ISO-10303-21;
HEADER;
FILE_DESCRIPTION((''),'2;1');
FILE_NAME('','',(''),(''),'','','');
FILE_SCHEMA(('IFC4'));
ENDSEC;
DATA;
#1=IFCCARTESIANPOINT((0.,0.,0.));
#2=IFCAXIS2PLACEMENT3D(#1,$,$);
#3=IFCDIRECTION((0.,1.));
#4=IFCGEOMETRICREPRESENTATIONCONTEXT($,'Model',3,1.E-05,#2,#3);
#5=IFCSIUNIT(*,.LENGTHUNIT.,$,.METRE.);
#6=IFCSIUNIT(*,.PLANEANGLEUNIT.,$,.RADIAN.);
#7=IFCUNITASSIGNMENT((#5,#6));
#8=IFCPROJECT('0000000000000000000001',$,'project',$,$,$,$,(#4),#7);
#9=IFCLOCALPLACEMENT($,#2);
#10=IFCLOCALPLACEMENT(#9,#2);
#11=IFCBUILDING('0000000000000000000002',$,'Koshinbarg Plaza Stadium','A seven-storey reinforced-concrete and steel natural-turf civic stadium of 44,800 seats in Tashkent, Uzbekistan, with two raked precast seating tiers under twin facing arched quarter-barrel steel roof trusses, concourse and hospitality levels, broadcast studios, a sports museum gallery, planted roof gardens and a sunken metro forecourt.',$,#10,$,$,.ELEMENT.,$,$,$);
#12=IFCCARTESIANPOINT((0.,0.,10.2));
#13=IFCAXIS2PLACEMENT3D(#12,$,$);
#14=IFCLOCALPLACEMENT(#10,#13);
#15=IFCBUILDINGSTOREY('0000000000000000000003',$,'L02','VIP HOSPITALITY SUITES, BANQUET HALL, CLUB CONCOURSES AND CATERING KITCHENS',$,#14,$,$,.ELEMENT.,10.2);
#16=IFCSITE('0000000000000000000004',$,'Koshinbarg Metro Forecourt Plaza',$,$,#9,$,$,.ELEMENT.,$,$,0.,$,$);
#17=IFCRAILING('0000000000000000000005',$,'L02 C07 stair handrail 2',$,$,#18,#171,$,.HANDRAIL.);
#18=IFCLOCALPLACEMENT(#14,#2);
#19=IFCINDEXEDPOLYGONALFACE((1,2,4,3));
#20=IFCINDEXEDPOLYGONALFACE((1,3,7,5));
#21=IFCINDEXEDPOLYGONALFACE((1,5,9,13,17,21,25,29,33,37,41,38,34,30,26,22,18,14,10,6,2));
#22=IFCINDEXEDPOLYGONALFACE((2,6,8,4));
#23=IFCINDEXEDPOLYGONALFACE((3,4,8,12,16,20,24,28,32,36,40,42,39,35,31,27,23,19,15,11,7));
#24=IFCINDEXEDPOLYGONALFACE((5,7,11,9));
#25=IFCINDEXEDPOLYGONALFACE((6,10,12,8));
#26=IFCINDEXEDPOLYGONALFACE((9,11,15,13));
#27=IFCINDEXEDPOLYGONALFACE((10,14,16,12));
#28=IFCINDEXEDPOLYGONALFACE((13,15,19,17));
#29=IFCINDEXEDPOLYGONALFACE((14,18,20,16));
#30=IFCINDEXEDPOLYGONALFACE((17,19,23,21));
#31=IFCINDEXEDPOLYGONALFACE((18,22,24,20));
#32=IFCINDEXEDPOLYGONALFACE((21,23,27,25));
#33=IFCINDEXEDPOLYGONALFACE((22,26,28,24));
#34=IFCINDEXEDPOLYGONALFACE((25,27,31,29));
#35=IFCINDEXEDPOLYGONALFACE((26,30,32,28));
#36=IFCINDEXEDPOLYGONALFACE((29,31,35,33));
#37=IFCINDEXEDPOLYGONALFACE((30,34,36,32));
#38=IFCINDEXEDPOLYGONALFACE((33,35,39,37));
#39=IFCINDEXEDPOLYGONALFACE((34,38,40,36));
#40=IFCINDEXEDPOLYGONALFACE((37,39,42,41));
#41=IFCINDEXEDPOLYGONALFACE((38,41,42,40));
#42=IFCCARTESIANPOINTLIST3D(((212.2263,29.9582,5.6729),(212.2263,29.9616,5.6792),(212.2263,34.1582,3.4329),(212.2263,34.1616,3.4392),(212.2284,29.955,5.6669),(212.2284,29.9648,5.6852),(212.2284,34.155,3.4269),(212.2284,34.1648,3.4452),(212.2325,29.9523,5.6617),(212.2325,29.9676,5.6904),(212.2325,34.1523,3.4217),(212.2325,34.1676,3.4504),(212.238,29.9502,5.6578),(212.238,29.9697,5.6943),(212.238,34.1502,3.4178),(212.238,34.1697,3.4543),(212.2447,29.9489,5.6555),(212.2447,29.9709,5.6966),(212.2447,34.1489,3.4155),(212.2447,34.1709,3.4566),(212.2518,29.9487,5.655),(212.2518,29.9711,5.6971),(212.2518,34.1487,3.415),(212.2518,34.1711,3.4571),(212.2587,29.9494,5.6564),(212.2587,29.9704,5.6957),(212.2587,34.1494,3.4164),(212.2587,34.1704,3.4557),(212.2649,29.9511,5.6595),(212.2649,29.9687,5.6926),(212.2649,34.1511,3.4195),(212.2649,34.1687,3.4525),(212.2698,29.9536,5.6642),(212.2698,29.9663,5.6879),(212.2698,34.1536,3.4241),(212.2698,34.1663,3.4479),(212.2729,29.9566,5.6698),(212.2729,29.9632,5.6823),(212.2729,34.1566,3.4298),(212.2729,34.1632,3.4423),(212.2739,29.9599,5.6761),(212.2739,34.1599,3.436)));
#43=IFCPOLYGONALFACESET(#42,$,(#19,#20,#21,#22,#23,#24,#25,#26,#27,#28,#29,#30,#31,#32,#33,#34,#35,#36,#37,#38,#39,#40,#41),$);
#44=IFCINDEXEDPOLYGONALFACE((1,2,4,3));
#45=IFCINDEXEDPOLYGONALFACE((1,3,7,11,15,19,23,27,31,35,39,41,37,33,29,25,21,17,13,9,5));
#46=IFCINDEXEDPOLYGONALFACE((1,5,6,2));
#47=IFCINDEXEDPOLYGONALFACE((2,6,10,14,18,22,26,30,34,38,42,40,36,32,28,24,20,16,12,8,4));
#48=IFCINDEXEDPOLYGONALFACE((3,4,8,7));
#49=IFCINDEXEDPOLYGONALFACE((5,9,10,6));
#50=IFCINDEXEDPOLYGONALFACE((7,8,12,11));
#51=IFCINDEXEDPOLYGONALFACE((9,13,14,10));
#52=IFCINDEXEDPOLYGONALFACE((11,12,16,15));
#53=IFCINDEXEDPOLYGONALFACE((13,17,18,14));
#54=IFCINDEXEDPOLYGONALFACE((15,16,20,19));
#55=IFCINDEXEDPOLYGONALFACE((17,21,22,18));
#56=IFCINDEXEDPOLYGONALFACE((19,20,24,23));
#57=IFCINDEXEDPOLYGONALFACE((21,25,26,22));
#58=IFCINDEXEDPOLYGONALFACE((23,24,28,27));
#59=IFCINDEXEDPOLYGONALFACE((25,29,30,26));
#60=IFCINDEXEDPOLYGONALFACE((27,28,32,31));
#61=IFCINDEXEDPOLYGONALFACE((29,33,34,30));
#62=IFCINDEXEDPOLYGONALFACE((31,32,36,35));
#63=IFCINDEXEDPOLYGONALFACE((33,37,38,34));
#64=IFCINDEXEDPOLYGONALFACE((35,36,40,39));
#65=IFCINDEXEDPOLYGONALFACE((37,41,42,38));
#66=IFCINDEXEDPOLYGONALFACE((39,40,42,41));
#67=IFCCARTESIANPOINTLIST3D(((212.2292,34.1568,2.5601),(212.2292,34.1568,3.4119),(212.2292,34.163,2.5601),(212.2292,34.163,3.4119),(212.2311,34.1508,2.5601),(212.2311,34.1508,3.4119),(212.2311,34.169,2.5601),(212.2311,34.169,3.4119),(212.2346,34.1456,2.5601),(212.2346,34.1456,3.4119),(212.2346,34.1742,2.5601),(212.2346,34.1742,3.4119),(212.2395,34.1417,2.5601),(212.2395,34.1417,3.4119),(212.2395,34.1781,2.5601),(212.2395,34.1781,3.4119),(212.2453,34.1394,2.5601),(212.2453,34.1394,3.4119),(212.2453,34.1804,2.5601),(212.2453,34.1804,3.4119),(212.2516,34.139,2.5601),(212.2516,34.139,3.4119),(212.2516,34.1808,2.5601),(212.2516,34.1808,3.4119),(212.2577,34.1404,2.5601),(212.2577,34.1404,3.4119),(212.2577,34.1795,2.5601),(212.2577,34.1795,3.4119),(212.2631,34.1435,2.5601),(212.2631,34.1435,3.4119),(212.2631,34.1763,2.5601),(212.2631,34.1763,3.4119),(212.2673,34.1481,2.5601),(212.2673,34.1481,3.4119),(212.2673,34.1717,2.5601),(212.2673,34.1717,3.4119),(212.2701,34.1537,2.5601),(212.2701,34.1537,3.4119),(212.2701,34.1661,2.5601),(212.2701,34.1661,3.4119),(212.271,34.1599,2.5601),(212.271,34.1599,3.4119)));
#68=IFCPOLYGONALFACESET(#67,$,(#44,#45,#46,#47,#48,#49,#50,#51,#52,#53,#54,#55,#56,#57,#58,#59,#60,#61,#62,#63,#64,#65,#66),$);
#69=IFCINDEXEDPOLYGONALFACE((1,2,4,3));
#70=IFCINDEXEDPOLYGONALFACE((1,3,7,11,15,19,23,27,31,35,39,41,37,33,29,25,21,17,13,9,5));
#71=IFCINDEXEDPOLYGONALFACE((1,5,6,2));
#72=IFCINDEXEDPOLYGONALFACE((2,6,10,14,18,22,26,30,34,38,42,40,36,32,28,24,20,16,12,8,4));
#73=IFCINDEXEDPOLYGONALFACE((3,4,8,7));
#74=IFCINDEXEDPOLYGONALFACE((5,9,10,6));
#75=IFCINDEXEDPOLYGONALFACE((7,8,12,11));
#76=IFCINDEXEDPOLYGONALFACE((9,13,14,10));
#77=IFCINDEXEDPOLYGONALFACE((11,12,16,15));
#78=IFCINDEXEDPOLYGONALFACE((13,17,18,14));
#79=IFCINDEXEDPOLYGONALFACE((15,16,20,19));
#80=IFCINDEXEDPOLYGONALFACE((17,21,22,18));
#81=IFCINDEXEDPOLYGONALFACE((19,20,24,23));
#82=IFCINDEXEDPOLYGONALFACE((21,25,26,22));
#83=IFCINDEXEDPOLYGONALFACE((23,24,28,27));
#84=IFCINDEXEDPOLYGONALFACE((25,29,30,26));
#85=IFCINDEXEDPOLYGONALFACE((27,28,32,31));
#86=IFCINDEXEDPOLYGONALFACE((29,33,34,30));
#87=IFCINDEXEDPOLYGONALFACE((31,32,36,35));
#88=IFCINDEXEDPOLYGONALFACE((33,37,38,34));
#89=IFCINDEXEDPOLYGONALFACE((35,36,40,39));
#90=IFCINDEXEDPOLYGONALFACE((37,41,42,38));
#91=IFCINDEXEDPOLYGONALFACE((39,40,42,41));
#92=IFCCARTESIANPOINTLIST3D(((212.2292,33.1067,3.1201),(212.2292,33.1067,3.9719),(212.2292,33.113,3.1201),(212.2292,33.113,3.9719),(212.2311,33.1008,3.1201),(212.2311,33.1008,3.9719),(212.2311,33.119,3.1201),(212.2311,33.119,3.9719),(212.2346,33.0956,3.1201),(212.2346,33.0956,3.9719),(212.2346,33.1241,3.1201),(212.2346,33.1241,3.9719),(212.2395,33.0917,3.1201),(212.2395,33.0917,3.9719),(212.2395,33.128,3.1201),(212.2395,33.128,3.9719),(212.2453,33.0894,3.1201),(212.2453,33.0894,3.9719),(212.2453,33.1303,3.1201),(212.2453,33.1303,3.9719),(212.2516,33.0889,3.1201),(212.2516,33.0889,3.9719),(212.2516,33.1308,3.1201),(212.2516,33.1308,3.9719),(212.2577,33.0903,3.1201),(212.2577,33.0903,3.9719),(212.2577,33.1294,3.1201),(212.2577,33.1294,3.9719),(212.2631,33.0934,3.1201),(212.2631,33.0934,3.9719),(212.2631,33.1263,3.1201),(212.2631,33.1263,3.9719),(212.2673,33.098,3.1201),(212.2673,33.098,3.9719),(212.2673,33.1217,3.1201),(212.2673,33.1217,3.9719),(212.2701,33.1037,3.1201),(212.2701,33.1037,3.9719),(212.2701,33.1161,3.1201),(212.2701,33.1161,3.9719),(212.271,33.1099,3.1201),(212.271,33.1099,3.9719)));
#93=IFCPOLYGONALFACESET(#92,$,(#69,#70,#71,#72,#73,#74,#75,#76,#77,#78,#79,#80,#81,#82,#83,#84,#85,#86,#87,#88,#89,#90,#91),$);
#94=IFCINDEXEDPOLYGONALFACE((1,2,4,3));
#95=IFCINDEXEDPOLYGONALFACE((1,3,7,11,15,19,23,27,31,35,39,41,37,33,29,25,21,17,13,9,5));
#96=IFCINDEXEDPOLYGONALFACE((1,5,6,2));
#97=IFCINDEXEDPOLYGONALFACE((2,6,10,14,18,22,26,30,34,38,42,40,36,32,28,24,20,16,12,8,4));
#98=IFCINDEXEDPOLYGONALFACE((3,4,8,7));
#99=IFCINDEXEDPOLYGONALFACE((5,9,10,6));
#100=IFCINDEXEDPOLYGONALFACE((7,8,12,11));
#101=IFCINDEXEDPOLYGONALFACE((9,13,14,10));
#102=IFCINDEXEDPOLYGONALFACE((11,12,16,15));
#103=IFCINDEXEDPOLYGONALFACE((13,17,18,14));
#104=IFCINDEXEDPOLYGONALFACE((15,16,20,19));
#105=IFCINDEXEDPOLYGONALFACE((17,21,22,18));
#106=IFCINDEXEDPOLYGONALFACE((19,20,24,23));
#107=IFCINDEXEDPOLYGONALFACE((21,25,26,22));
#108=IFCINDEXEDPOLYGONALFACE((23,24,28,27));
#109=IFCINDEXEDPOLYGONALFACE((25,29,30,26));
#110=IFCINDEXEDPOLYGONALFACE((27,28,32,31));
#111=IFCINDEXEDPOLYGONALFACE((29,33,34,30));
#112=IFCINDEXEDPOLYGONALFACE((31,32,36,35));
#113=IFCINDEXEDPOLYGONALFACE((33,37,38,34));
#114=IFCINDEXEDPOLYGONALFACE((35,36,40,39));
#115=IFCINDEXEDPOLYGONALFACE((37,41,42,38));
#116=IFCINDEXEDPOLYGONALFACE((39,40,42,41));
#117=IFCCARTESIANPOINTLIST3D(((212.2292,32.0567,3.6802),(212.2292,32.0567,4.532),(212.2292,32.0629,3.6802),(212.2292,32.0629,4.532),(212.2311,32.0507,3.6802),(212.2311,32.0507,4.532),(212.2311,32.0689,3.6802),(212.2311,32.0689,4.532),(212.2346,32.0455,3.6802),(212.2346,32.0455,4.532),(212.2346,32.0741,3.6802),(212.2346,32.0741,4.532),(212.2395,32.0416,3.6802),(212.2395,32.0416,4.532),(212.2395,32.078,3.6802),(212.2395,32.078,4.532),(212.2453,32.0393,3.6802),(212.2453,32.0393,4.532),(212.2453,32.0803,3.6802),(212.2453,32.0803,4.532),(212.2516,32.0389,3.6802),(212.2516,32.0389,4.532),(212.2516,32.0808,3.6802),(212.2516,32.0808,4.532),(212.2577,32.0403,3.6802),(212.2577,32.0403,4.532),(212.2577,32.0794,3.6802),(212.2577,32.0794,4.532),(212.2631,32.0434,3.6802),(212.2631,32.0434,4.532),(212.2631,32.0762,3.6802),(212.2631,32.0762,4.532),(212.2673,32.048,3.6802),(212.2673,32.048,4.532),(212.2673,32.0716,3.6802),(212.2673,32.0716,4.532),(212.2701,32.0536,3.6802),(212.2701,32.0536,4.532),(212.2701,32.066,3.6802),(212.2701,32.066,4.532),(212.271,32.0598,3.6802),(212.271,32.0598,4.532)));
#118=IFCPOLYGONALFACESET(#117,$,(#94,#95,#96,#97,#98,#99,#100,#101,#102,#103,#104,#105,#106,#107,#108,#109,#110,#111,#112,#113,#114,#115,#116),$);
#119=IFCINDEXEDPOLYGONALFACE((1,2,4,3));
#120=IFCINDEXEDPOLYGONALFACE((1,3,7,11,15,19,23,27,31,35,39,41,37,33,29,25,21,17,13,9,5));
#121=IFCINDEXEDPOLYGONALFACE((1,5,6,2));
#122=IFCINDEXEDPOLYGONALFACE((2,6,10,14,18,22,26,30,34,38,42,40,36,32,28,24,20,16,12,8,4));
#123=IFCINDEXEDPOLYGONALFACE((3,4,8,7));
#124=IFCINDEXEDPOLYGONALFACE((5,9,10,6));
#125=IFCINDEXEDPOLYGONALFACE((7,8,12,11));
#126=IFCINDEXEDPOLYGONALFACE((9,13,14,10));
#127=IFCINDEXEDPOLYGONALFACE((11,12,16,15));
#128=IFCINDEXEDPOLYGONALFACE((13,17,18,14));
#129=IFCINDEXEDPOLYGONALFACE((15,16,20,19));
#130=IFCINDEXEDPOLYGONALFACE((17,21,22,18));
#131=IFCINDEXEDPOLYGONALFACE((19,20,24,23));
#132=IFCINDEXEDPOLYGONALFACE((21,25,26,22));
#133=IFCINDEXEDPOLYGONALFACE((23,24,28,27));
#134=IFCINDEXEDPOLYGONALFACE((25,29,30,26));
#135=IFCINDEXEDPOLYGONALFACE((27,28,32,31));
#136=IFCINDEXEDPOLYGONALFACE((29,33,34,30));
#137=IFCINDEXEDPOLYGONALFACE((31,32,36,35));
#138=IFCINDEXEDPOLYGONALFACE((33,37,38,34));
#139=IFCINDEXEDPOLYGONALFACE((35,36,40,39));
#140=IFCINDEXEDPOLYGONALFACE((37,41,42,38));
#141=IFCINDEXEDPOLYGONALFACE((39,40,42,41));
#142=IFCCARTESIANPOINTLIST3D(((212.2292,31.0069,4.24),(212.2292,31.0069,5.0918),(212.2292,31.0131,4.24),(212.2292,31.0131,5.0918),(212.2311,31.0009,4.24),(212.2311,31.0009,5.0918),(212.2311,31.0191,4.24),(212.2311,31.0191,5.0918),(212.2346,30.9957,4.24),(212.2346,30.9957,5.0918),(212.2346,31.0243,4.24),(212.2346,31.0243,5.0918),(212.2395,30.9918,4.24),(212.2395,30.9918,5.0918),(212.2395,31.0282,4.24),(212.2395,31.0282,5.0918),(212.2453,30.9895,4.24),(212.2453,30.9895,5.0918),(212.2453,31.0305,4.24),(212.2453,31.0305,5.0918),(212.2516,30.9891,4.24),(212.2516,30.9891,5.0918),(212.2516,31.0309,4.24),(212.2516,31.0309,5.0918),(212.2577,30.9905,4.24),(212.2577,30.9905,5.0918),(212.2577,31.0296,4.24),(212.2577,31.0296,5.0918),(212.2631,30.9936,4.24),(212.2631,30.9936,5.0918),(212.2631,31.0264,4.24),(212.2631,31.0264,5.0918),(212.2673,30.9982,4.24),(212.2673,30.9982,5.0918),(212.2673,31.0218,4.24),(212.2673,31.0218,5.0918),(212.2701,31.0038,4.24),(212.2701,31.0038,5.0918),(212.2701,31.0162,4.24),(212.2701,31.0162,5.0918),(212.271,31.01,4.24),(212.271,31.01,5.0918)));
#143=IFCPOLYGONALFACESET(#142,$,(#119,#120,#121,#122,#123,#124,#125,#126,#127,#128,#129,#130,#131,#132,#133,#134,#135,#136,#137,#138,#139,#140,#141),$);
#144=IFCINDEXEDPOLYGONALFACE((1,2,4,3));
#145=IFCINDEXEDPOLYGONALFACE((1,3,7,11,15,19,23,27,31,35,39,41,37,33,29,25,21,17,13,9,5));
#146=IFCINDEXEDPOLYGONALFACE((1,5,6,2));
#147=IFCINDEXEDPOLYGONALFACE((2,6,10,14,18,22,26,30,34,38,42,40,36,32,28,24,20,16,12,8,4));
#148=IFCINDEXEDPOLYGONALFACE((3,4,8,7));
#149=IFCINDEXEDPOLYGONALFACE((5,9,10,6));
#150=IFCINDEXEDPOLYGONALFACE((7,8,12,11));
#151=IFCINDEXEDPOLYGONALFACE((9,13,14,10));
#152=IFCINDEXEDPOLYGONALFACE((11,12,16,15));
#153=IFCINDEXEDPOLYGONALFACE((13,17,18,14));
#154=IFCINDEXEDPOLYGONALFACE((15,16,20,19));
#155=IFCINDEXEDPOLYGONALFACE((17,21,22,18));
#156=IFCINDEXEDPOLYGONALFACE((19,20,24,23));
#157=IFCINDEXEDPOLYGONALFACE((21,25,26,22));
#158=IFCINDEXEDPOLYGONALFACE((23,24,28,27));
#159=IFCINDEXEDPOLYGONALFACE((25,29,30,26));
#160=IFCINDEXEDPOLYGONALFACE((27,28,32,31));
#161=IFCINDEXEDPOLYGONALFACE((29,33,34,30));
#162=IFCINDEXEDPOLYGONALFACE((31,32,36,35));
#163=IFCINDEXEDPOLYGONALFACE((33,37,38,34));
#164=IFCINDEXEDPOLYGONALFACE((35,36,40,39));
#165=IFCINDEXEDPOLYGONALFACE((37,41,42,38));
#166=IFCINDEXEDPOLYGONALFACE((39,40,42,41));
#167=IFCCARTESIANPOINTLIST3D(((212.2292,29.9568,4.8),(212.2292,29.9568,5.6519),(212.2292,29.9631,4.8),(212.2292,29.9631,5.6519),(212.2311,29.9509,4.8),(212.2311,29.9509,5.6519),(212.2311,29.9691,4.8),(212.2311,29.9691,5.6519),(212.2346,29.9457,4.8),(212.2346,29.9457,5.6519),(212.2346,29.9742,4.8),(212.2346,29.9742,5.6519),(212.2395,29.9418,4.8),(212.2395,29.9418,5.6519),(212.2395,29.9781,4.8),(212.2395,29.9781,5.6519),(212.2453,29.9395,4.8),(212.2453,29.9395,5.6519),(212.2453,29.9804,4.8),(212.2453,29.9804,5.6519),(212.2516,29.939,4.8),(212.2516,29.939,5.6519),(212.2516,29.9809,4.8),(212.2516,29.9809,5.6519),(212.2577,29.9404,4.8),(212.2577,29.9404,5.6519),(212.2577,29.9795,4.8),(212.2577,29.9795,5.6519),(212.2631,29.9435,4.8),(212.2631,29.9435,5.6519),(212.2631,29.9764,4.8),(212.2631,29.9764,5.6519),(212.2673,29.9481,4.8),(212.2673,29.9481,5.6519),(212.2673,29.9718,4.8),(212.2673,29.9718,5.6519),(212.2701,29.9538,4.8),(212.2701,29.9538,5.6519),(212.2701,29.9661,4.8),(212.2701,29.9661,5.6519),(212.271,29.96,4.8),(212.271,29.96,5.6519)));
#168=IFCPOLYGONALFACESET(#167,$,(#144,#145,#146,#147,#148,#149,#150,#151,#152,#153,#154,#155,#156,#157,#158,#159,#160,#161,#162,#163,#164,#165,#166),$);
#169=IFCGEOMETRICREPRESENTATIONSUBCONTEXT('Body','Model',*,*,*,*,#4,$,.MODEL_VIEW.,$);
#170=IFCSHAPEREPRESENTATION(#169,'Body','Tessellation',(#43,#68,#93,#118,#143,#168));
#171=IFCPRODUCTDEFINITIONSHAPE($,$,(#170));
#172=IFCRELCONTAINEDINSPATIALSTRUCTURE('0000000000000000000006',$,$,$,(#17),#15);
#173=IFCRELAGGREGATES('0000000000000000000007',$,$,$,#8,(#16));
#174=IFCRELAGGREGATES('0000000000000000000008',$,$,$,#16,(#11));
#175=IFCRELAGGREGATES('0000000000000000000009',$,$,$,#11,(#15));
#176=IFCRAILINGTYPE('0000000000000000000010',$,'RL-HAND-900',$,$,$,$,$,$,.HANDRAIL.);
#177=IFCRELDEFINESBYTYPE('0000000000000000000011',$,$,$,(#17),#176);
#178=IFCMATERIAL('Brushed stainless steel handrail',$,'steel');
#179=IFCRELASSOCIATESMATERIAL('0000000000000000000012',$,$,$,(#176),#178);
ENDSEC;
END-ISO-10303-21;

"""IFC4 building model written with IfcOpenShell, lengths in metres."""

from ifc_helpers import new_model, si_unit, direction, frame, origin, origin_2d, place, context, subcontext, project, spatial, circle, extrude, material, type_object, element, save


model = new_model("IFC4")

# Units and contexts
model_context = context("Model", 3, precision=1e-05, world=origin(), true_north=direction((0.0, 1.0)))
body_context = subcontext(model_context, "Body", "Model", "MODEL_VIEW")
ifc_project = project(units=[si_unit("LENGTHUNIT", "METRE"), si_unit("PLANEANGLEUNIT", "RADIAN")], contexts=[model_context])

# Site, building, storey
site_placement = place(None, origin())
site = spatial("IfcSite", under=ifc_project, at=site_placement, Name="Koshinbarg Metro Forecourt Plaza", CompositionType="ELEMENT", RefElevation=0.0)
building_placement = place(site_placement, origin())
building = spatial("IfcBuilding", under=site, at=building_placement, Name="Koshinbarg Plaza Stadium", Description="A seven-storey reinforced-concrete and steel natural-turf civic stadium of 44,800 seats in Tashkent, Uzbekistan, with two raked precast seating tiers under twin facing arched quarter-barrel steel roof trusses, concourse and hospitality levels, broadcast studios, a sports museum gallery, planted roof gardens and a sunken metro forecourt.", CompositionType="ELEMENT")
storey_placement = place(building_placement, frame((0.0, 0.0, 10.2)))
storey = spatial("IfcBuildingStorey", under=building, at=storey_placement, Name="L02", Description="VIP HOSPITALITY SUITES, BANQUET HALL, CLUB CONCOURSES AND CATERING KITCHENS", CompositionType="ELEMENT", Elevation=10.2)

# Railing
ifc_material_1 = material(Name="Brushed stainless steel handrail", Category="steel")
railing_type_1 = type_object("IfcRailingType", Name="RL-HAND-900", PredefinedType="HANDRAIL", material=ifc_material_1)
railing_1_placement = place(storey_placement, frame((212.25, 34.1599, 2.5601)))
element("IfcRailing", 1, at=railing_1_placement, inside=storey, type_object=railing_type_1, Name="L02 C07 stair handrail 2", PredefinedType="HANDRAIL", context=body_context, shape_type="SweptSolid", body=[
    extrude(circle(Radius=0.0239, at=origin_2d()), frame((0.0, 0.0, 0.876), z_axis=(0.0, -0.882352, 0.470591), x_axis=(1.0, 0.0, 0.0)), (0.0, 0.0, 1.0), 4.76),
    extrude(circle(Radius=0.021, at=origin_2d()), origin(), (0.0, 0.0, 1.0), 0.8518),
    extrude(circle(Radius=0.021, at=origin_2d()), frame((0.0, -1.05, 0.5601)), (0.0, 0.0, 1.0), 0.8518),
    extrude(circle(Radius=0.021, at=origin_2d()), frame((0.0, -2.1001, 1.1201)), (0.0, 0.0, 1.0), 0.8518),
    extrude(circle(Radius=0.021, at=origin_2d()), frame((0.0, -3.1499, 1.6799)), (0.0, 0.0, 1.0), 0.8518),
    extrude(circle(Radius=0.021, at=origin_2d()), frame((0.0, -4.2, 2.24)), (0.0, 0.0, 1.0), 0.8518),
])

save(model, "model.ifc")
